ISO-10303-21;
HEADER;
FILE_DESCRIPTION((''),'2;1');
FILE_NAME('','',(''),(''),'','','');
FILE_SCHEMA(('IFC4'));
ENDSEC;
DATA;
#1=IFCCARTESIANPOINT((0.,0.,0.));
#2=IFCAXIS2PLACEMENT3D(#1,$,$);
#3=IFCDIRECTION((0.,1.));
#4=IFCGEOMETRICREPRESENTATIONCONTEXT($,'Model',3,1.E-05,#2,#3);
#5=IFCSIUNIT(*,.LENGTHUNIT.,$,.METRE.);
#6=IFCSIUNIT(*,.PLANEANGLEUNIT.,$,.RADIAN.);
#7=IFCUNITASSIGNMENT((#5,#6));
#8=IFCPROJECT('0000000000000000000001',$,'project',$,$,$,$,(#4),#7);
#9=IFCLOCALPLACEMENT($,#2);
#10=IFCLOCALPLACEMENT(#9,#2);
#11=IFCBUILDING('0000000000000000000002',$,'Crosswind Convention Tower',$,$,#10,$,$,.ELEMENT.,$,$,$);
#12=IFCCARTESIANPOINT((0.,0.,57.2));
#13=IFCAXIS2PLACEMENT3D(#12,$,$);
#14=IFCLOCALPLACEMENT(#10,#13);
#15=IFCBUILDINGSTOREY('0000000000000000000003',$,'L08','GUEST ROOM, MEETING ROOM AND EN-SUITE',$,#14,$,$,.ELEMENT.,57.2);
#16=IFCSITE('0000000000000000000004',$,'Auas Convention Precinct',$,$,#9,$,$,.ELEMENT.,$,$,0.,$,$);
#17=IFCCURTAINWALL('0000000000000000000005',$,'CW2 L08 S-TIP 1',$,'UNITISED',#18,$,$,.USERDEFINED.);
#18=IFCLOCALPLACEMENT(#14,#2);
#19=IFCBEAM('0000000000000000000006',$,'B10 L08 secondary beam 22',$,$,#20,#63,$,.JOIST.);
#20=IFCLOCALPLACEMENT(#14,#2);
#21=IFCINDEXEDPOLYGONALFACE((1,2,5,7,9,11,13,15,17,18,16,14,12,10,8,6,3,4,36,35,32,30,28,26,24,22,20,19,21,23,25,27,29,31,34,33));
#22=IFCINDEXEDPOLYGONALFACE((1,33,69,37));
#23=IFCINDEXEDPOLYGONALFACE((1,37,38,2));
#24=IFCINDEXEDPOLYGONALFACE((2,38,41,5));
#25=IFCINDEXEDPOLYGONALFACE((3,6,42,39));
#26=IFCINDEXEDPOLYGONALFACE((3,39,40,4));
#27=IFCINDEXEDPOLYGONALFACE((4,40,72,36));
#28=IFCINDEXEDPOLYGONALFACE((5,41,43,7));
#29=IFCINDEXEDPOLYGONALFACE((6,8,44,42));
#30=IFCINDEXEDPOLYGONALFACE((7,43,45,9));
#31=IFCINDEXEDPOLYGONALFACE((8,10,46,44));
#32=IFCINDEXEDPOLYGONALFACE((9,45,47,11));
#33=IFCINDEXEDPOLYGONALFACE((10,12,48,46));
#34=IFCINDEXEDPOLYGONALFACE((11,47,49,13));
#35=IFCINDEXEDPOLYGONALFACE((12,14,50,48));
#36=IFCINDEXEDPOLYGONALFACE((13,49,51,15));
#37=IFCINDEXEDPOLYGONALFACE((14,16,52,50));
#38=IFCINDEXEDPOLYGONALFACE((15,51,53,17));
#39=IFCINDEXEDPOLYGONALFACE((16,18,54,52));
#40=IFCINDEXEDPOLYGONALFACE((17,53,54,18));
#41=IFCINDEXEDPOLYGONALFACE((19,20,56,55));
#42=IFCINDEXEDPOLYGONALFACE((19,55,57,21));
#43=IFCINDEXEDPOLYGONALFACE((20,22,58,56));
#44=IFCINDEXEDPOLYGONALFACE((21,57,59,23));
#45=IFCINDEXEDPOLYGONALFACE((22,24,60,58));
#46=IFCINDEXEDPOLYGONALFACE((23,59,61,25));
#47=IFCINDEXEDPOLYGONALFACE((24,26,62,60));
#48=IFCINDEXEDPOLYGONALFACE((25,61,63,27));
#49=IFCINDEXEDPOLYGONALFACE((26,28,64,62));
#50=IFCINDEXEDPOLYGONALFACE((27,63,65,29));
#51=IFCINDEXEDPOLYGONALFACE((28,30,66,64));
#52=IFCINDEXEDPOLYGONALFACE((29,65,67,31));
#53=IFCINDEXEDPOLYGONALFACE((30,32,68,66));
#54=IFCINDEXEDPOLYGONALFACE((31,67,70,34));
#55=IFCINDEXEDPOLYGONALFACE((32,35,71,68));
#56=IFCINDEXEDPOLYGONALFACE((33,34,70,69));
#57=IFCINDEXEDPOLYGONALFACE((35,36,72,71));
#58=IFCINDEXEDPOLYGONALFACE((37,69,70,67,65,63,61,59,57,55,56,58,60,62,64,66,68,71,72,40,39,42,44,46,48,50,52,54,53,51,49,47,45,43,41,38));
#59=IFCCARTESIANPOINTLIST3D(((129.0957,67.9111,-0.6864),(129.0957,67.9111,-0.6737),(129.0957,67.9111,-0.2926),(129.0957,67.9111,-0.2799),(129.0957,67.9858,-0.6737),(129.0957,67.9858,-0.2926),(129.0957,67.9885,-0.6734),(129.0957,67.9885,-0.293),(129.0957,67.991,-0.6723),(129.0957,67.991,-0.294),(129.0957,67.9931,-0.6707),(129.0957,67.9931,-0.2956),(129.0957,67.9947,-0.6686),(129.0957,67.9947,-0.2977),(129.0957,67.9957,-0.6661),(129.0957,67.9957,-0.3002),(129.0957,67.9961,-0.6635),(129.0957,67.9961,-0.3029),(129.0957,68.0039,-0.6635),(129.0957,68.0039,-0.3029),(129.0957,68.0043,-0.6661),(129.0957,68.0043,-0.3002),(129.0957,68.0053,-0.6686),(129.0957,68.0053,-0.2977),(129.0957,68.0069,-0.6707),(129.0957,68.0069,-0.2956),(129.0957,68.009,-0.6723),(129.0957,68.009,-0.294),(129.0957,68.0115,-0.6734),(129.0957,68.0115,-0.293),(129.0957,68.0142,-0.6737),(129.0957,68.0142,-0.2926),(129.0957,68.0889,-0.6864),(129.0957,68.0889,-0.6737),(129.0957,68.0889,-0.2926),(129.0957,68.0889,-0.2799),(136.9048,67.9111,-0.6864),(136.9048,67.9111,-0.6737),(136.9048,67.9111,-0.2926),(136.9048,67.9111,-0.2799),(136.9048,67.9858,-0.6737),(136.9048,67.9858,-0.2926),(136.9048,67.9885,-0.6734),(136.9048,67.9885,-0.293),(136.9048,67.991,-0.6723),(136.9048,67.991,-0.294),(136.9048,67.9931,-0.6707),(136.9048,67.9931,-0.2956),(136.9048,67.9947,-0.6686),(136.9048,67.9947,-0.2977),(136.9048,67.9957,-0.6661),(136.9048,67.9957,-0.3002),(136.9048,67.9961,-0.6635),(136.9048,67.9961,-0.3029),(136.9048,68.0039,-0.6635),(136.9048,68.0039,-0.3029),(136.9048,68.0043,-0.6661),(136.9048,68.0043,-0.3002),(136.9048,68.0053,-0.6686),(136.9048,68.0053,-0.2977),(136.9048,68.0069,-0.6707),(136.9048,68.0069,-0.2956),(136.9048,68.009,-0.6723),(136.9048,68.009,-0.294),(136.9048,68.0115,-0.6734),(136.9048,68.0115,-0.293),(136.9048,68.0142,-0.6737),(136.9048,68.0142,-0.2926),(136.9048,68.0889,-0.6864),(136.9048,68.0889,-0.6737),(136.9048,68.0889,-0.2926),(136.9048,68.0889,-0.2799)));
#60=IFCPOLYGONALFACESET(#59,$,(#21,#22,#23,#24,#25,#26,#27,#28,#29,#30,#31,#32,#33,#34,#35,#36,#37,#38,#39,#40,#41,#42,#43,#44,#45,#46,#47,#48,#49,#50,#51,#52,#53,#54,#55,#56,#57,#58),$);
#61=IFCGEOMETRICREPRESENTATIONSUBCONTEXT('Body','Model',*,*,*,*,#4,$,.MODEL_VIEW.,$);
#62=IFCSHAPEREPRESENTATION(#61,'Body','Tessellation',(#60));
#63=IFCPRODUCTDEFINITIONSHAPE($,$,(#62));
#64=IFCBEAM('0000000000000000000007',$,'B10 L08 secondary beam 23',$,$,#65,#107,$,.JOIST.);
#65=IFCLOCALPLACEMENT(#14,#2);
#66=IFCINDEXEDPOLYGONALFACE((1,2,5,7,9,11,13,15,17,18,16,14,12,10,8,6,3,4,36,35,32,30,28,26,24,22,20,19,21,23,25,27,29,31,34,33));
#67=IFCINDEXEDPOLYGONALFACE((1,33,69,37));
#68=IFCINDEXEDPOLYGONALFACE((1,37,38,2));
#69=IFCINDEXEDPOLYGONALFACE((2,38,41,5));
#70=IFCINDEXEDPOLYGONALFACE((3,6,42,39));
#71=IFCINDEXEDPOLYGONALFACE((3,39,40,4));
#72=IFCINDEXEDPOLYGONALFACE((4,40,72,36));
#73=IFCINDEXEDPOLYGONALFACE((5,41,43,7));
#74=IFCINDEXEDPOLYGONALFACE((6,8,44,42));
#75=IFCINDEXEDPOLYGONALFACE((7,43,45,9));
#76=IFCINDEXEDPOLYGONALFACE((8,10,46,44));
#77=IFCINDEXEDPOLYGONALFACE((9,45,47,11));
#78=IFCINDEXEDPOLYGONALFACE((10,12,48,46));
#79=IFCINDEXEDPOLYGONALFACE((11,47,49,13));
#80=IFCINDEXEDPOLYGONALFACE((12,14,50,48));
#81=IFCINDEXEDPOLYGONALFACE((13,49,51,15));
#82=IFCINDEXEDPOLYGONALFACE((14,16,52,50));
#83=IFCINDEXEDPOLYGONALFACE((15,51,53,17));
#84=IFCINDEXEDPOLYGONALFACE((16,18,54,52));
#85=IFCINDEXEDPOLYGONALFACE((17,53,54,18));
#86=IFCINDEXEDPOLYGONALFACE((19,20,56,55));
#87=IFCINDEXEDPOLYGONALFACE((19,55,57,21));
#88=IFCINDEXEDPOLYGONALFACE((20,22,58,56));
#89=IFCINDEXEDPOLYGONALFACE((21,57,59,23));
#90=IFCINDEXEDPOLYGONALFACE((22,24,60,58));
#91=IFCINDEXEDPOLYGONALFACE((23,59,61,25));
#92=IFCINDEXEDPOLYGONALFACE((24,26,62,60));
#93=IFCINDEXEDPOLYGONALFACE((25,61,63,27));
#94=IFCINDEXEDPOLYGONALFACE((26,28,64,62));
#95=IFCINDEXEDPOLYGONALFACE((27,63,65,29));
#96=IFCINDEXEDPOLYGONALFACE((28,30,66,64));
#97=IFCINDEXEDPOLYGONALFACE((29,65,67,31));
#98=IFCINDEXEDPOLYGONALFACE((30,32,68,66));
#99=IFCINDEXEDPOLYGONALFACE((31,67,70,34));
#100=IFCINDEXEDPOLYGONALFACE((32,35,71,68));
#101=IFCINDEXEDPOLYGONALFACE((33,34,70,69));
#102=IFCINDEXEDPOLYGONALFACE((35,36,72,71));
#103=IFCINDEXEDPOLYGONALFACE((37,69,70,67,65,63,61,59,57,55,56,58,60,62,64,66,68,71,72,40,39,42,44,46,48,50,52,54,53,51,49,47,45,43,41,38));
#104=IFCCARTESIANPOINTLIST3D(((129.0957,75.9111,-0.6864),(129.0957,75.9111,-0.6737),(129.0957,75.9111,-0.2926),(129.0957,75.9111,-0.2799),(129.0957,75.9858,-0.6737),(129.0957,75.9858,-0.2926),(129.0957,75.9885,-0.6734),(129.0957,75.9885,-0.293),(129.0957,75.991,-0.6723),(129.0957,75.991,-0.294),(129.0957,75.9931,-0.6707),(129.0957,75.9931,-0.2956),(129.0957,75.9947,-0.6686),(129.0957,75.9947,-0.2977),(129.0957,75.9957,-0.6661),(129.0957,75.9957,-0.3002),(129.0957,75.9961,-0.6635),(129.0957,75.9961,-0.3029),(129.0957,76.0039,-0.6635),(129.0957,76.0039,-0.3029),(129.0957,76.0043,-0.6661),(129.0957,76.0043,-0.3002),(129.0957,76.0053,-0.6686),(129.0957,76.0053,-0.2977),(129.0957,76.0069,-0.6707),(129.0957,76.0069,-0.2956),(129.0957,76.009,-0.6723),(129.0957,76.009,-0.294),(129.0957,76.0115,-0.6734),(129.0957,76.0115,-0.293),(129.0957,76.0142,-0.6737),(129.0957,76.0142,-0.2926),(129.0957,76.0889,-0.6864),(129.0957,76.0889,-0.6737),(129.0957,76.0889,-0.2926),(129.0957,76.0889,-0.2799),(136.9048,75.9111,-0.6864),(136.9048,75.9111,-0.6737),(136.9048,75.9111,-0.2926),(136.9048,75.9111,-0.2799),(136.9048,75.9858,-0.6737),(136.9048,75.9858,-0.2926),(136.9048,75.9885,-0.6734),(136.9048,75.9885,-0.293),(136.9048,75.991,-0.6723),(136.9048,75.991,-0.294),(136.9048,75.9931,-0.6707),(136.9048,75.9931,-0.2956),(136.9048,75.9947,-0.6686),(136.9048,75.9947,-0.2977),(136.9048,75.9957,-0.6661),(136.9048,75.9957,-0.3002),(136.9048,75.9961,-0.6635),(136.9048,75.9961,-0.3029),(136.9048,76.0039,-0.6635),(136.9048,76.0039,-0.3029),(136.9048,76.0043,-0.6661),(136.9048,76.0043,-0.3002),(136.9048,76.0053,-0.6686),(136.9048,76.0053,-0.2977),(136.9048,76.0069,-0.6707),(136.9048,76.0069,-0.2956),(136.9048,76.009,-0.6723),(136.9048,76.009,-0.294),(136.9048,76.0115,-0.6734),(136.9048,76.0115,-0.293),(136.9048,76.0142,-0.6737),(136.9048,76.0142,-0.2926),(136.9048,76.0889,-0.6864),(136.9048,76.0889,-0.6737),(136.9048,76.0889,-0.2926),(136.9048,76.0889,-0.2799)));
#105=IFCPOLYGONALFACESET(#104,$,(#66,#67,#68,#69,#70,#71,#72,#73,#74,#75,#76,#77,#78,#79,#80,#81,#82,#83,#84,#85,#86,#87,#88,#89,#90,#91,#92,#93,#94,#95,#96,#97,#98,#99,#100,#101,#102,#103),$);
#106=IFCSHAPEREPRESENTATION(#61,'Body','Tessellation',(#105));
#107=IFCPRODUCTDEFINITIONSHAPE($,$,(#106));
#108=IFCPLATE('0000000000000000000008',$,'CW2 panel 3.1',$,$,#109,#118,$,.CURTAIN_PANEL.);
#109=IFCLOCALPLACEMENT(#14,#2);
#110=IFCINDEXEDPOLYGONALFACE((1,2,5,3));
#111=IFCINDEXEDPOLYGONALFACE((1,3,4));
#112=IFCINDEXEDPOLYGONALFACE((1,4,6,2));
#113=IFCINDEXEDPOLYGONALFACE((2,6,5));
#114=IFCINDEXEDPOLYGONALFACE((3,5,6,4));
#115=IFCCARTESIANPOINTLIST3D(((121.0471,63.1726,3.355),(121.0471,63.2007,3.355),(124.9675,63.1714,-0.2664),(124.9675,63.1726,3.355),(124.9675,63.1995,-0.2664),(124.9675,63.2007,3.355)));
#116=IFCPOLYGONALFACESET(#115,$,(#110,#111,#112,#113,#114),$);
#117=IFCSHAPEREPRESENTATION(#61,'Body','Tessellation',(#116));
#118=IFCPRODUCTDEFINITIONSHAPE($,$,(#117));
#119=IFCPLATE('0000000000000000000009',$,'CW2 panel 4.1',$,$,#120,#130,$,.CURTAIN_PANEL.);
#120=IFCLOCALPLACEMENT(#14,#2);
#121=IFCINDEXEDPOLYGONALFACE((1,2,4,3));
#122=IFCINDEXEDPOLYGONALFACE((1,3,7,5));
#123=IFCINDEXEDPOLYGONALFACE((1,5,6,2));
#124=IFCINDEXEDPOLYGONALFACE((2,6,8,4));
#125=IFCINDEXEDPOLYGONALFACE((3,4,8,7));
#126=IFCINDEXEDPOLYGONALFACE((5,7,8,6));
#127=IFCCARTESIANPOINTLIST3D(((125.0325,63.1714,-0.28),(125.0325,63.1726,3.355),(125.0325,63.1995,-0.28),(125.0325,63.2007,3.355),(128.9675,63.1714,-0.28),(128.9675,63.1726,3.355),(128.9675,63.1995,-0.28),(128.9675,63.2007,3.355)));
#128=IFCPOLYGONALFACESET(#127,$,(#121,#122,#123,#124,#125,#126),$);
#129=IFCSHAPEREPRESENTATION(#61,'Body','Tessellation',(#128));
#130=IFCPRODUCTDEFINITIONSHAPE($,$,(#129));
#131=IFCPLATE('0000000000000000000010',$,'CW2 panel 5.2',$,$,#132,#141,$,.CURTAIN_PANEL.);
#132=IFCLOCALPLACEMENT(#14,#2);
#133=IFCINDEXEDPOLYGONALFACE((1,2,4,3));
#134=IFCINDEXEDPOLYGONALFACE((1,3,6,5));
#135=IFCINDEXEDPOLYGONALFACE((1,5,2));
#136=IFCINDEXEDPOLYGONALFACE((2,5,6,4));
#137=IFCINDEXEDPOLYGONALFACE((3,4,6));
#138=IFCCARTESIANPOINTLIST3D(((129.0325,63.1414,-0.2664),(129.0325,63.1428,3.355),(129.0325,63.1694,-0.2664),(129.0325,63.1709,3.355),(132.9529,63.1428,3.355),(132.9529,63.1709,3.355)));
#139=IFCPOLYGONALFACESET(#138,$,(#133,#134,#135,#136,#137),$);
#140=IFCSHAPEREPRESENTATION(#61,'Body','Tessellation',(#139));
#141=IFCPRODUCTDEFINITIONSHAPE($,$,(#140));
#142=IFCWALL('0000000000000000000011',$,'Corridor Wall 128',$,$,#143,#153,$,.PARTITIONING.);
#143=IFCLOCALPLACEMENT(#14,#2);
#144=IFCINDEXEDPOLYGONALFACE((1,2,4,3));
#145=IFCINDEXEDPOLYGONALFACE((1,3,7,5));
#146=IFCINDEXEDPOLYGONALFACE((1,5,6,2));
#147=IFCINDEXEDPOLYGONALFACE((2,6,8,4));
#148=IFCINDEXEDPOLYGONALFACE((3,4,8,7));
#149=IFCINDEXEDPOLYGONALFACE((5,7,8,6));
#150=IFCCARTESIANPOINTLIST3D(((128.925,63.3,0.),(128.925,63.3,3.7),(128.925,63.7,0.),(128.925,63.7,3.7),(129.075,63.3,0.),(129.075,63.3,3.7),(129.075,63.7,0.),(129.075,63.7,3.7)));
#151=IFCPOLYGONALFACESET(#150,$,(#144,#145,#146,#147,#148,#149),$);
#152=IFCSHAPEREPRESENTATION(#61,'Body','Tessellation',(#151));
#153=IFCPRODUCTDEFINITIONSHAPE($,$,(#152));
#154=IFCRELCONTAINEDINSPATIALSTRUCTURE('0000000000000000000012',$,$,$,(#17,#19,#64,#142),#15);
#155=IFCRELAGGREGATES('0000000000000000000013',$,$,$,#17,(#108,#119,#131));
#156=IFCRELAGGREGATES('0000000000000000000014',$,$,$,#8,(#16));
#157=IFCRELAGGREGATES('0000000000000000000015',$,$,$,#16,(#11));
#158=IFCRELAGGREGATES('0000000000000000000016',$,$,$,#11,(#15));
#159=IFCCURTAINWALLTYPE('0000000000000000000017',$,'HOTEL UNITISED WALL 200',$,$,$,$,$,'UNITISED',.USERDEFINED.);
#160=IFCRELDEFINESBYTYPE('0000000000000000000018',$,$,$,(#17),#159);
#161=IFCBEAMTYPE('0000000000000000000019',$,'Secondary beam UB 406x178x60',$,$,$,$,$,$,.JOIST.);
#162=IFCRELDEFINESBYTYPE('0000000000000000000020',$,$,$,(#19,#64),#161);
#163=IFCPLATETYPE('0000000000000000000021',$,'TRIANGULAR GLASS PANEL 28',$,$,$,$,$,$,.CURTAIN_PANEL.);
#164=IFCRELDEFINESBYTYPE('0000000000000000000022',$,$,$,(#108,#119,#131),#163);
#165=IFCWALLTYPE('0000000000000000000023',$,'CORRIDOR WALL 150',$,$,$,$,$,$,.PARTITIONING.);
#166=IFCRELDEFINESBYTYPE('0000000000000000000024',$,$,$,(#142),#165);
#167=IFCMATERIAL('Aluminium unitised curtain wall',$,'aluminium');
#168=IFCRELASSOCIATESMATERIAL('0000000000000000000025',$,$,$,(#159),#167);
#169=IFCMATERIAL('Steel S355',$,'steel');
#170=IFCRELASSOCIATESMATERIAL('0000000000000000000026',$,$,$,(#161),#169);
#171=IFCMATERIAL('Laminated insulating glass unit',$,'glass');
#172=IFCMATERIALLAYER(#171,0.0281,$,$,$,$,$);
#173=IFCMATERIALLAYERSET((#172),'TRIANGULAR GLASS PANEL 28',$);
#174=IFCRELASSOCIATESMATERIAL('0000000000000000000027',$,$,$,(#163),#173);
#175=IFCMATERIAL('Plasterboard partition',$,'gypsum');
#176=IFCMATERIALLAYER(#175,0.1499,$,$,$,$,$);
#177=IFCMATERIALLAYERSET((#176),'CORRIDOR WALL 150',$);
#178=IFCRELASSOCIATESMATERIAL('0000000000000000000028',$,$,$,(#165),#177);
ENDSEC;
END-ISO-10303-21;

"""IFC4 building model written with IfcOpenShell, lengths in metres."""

from ifc_helpers import new_model, si_unit, direction, frame, frame_2d, origin, origin_2d, place, context, subcontext, project, spatial, polyline, rectangle, i_section, outline, extrude, material, layer, layer_set, material_profile, profile_set, type_object, element, aggregate, save


model = new_model("IFC4")

# Units and contexts
model_context = context("Model", 3, precision=1e-05, world=origin(), true_north=direction((0.0, 1.0)))
body_context = subcontext(model_context, "Body", "Model", "MODEL_VIEW")
ifc_project = project(units=[si_unit("LENGTHUNIT", "METRE"), si_unit("PLANEANGLEUNIT", "RADIAN")], contexts=[model_context])

# Site, building, storey
site_placement = place(None, origin())
site = spatial("IfcSite", under=ifc_project, at=site_placement, Name="Auas Convention Precinct", CompositionType="ELEMENT", RefElevation=0.0)
building_placement = place(site_placement, origin())
building = spatial("IfcBuilding", under=site, at=building_placement, Name="Crosswind Convention Tower", CompositionType="ELEMENT")
storey_placement = place(building_placement, frame((0.0, 0.0, 57.2)))
storey = spatial("IfcBuildingStorey", under=building, at=storey_placement, Name="L08", Description="GUEST ROOM, MEETING ROOM AND EN-SUITE", CompositionType="ELEMENT", Elevation=57.2)

# Shared definitions
ifc_material_1 = material(Name="Steel S355", Category="steel")

# Curtain wall
ifc_material_2 = material(Name="Aluminium unitised curtain wall", Category="aluminium")
curtain_wall_type = type_object("IfcCurtainWallType", Name="HOTEL UNITISED WALL 200", ElementType="UNITISED", PredefinedType="USERDEFINED", material=ifc_material_2)
curtain_wall_placement = place(storey_placement, origin())
curtain_wall = element("IfcCurtainWall", 1, at=curtain_wall_placement, inside=storey, type_object=curtain_wall_type, Name="CW2 L08 S-TIP 1", ObjectType="UNITISED", PredefinedType="USERDEFINED")

# Beams
ifc_material_profile_1 = material_profile(ifc_material_1, i_section(OverallWidth=0.1777, OverallDepth=0.4065, WebThickness=0.0078, FlangeThickness=0.0127, FilletRadius=0.0103, at=origin_2d()), Name="UB 406x178x60")
ifc_profile_set_1 = profile_set([ifc_material_profile_1], Name="Steel S355")
beam_type_1 = type_object("IfcBeamType", Name="Secondary beam UB 406x178x60", PredefinedType="JOIST", material=ifc_profile_set_1)
for number, where, z_axis, x_axis, name in (
    (2, (129.0957, 68.0, -0.4832), (1.0, 0.0, 0.0), (0.0, 1.0, 0.0), "B10 L08 secondary beam 22"),
    (3, (129.0957, 76.0, -0.4832), (1.0, 0.0, 0.0), (0.0, 1.0, 0.0), "B10 L08 secondary beam 23"),
):
    element("IfcBeam", number, at=place(storey_placement, frame(where, z_axis=z_axis, x_axis=x_axis)), inside=storey, type_object=beam_type_1, Name=name, PredefinedType="JOIST", context=body_context, shape_type="SweptSolid", body=[
        extrude(i_section(OverallWidth=0.1777, OverallDepth=0.4065, WebThickness=0.0078, FlangeThickness=0.0127, FilletRadius=0.0103, at=origin_2d()), origin(), (0.0, 0.0, 1.0), 7.8091),
    ])

# Plates
ifc_material_3 = material(Name="Laminated insulating glass unit", Category="glass")
ifc_layer_1 = layer(ifc_material_3, 0.0281)
ifc_layer_set_1 = layer_set([ifc_layer_1], Name="TRIANGULAR GLASS PANEL 28")
plate_type = type_object("IfcPlateType", Name="TRIANGULAR GLASS PANEL 28", PredefinedType="CURTAIN_PANEL", material=ifc_layer_set_1)
plate_1_placement = place(storey_placement, frame((124.9675, 63.1726, 3.355), z_axis=(0.0, -1.0, 0.000337), x_axis=(-1.0, 0.0, 0.0)))
plate_1 = element("IfcPlate", 4, at=plate_1_placement, type_object=plate_type, Name="CW2 panel 3.1", PredefinedType="CURTAIN_PANEL", context=body_context, shape_type="SweptSolid", body=[
    extrude(outline(polyline([(0.0, 0.0), (3.9204, 0.0), (0.0, 3.6213), (0.0, 0.0)])), origin(), (0.0, 0.0, -1.0), 0.0281),
])
plate_2_placement = place(storey_placement, frame((125.0325, 63.1714, -0.28), z_axis=(0.0, -1.0, 0.000336), x_axis=(1.0, 0.0, 0.0)))
plate_2 = element("IfcPlate", 5, at=plate_2_placement, type_object=plate_type, Name="CW2 panel 4.1", PredefinedType="CURTAIN_PANEL", context=body_context, shape_type="SweptSolid", body=[
    extrude(outline(polyline([(0.0, 0.0), (3.9351, 0.0), (3.9351, 3.635), (0.0, 3.635), (0.0, 0.0)])), origin(), (0.0, 0.0, -1.0), 0.0281),
])
plate_3_placement = place(storey_placement, frame((129.0325, 63.1428, 3.355), z_axis=(0.0, -1.0, 0.000405), x_axis=(0.0, -0.000405, -1.0)))
plate_3 = element("IfcPlate", 6, at=plate_3_placement, type_object=plate_type, Name="CW2 panel 5.2", PredefinedType="CURTAIN_PANEL", context=body_context, shape_type="SweptSolid", body=[
    extrude(outline(polyline([(0.0, 0.0), (3.6213, 0.0), (0.0, 3.9204), (0.0, 0.0)])), origin(), (0.0, 0.0, -1.0), 0.0281),
])
aggregate(curtain_wall, [plate_1, plate_2, plate_3])

# Wall
ifc_material_4 = material(Name="Plasterboard partition", Category="gypsum")
ifc_layer_2 = layer(ifc_material_4, 0.1499)
ifc_layer_set_2 = layer_set([ifc_layer_2], Name="CORRIDOR WALL 150")
wall_type_1 = type_object("IfcWallType", Name="CORRIDOR WALL 150", PredefinedType="PARTITIONING", material=ifc_layer_set_2)
wall_1_placement = place(storey_placement, frame((129.0, 63.3, 0.0), z_axis=(0.0, 0.0, 1.0), x_axis=(0.0, 1.0, 0.0)))
element("IfcWall", 7, at=wall_1_placement, inside=storey, type_object=wall_type_1, Name="Corridor Wall 128", PredefinedType="PARTITIONING", context=body_context, shape_type="SweptSolid", body=[
    extrude(rectangle(XDim=0.3999, YDim=0.1499, at=frame_2d((0.2, 0.0))), origin(), (0.0, 0.0, 1.0), 3.7),
])

save(model, "model.ifc")
